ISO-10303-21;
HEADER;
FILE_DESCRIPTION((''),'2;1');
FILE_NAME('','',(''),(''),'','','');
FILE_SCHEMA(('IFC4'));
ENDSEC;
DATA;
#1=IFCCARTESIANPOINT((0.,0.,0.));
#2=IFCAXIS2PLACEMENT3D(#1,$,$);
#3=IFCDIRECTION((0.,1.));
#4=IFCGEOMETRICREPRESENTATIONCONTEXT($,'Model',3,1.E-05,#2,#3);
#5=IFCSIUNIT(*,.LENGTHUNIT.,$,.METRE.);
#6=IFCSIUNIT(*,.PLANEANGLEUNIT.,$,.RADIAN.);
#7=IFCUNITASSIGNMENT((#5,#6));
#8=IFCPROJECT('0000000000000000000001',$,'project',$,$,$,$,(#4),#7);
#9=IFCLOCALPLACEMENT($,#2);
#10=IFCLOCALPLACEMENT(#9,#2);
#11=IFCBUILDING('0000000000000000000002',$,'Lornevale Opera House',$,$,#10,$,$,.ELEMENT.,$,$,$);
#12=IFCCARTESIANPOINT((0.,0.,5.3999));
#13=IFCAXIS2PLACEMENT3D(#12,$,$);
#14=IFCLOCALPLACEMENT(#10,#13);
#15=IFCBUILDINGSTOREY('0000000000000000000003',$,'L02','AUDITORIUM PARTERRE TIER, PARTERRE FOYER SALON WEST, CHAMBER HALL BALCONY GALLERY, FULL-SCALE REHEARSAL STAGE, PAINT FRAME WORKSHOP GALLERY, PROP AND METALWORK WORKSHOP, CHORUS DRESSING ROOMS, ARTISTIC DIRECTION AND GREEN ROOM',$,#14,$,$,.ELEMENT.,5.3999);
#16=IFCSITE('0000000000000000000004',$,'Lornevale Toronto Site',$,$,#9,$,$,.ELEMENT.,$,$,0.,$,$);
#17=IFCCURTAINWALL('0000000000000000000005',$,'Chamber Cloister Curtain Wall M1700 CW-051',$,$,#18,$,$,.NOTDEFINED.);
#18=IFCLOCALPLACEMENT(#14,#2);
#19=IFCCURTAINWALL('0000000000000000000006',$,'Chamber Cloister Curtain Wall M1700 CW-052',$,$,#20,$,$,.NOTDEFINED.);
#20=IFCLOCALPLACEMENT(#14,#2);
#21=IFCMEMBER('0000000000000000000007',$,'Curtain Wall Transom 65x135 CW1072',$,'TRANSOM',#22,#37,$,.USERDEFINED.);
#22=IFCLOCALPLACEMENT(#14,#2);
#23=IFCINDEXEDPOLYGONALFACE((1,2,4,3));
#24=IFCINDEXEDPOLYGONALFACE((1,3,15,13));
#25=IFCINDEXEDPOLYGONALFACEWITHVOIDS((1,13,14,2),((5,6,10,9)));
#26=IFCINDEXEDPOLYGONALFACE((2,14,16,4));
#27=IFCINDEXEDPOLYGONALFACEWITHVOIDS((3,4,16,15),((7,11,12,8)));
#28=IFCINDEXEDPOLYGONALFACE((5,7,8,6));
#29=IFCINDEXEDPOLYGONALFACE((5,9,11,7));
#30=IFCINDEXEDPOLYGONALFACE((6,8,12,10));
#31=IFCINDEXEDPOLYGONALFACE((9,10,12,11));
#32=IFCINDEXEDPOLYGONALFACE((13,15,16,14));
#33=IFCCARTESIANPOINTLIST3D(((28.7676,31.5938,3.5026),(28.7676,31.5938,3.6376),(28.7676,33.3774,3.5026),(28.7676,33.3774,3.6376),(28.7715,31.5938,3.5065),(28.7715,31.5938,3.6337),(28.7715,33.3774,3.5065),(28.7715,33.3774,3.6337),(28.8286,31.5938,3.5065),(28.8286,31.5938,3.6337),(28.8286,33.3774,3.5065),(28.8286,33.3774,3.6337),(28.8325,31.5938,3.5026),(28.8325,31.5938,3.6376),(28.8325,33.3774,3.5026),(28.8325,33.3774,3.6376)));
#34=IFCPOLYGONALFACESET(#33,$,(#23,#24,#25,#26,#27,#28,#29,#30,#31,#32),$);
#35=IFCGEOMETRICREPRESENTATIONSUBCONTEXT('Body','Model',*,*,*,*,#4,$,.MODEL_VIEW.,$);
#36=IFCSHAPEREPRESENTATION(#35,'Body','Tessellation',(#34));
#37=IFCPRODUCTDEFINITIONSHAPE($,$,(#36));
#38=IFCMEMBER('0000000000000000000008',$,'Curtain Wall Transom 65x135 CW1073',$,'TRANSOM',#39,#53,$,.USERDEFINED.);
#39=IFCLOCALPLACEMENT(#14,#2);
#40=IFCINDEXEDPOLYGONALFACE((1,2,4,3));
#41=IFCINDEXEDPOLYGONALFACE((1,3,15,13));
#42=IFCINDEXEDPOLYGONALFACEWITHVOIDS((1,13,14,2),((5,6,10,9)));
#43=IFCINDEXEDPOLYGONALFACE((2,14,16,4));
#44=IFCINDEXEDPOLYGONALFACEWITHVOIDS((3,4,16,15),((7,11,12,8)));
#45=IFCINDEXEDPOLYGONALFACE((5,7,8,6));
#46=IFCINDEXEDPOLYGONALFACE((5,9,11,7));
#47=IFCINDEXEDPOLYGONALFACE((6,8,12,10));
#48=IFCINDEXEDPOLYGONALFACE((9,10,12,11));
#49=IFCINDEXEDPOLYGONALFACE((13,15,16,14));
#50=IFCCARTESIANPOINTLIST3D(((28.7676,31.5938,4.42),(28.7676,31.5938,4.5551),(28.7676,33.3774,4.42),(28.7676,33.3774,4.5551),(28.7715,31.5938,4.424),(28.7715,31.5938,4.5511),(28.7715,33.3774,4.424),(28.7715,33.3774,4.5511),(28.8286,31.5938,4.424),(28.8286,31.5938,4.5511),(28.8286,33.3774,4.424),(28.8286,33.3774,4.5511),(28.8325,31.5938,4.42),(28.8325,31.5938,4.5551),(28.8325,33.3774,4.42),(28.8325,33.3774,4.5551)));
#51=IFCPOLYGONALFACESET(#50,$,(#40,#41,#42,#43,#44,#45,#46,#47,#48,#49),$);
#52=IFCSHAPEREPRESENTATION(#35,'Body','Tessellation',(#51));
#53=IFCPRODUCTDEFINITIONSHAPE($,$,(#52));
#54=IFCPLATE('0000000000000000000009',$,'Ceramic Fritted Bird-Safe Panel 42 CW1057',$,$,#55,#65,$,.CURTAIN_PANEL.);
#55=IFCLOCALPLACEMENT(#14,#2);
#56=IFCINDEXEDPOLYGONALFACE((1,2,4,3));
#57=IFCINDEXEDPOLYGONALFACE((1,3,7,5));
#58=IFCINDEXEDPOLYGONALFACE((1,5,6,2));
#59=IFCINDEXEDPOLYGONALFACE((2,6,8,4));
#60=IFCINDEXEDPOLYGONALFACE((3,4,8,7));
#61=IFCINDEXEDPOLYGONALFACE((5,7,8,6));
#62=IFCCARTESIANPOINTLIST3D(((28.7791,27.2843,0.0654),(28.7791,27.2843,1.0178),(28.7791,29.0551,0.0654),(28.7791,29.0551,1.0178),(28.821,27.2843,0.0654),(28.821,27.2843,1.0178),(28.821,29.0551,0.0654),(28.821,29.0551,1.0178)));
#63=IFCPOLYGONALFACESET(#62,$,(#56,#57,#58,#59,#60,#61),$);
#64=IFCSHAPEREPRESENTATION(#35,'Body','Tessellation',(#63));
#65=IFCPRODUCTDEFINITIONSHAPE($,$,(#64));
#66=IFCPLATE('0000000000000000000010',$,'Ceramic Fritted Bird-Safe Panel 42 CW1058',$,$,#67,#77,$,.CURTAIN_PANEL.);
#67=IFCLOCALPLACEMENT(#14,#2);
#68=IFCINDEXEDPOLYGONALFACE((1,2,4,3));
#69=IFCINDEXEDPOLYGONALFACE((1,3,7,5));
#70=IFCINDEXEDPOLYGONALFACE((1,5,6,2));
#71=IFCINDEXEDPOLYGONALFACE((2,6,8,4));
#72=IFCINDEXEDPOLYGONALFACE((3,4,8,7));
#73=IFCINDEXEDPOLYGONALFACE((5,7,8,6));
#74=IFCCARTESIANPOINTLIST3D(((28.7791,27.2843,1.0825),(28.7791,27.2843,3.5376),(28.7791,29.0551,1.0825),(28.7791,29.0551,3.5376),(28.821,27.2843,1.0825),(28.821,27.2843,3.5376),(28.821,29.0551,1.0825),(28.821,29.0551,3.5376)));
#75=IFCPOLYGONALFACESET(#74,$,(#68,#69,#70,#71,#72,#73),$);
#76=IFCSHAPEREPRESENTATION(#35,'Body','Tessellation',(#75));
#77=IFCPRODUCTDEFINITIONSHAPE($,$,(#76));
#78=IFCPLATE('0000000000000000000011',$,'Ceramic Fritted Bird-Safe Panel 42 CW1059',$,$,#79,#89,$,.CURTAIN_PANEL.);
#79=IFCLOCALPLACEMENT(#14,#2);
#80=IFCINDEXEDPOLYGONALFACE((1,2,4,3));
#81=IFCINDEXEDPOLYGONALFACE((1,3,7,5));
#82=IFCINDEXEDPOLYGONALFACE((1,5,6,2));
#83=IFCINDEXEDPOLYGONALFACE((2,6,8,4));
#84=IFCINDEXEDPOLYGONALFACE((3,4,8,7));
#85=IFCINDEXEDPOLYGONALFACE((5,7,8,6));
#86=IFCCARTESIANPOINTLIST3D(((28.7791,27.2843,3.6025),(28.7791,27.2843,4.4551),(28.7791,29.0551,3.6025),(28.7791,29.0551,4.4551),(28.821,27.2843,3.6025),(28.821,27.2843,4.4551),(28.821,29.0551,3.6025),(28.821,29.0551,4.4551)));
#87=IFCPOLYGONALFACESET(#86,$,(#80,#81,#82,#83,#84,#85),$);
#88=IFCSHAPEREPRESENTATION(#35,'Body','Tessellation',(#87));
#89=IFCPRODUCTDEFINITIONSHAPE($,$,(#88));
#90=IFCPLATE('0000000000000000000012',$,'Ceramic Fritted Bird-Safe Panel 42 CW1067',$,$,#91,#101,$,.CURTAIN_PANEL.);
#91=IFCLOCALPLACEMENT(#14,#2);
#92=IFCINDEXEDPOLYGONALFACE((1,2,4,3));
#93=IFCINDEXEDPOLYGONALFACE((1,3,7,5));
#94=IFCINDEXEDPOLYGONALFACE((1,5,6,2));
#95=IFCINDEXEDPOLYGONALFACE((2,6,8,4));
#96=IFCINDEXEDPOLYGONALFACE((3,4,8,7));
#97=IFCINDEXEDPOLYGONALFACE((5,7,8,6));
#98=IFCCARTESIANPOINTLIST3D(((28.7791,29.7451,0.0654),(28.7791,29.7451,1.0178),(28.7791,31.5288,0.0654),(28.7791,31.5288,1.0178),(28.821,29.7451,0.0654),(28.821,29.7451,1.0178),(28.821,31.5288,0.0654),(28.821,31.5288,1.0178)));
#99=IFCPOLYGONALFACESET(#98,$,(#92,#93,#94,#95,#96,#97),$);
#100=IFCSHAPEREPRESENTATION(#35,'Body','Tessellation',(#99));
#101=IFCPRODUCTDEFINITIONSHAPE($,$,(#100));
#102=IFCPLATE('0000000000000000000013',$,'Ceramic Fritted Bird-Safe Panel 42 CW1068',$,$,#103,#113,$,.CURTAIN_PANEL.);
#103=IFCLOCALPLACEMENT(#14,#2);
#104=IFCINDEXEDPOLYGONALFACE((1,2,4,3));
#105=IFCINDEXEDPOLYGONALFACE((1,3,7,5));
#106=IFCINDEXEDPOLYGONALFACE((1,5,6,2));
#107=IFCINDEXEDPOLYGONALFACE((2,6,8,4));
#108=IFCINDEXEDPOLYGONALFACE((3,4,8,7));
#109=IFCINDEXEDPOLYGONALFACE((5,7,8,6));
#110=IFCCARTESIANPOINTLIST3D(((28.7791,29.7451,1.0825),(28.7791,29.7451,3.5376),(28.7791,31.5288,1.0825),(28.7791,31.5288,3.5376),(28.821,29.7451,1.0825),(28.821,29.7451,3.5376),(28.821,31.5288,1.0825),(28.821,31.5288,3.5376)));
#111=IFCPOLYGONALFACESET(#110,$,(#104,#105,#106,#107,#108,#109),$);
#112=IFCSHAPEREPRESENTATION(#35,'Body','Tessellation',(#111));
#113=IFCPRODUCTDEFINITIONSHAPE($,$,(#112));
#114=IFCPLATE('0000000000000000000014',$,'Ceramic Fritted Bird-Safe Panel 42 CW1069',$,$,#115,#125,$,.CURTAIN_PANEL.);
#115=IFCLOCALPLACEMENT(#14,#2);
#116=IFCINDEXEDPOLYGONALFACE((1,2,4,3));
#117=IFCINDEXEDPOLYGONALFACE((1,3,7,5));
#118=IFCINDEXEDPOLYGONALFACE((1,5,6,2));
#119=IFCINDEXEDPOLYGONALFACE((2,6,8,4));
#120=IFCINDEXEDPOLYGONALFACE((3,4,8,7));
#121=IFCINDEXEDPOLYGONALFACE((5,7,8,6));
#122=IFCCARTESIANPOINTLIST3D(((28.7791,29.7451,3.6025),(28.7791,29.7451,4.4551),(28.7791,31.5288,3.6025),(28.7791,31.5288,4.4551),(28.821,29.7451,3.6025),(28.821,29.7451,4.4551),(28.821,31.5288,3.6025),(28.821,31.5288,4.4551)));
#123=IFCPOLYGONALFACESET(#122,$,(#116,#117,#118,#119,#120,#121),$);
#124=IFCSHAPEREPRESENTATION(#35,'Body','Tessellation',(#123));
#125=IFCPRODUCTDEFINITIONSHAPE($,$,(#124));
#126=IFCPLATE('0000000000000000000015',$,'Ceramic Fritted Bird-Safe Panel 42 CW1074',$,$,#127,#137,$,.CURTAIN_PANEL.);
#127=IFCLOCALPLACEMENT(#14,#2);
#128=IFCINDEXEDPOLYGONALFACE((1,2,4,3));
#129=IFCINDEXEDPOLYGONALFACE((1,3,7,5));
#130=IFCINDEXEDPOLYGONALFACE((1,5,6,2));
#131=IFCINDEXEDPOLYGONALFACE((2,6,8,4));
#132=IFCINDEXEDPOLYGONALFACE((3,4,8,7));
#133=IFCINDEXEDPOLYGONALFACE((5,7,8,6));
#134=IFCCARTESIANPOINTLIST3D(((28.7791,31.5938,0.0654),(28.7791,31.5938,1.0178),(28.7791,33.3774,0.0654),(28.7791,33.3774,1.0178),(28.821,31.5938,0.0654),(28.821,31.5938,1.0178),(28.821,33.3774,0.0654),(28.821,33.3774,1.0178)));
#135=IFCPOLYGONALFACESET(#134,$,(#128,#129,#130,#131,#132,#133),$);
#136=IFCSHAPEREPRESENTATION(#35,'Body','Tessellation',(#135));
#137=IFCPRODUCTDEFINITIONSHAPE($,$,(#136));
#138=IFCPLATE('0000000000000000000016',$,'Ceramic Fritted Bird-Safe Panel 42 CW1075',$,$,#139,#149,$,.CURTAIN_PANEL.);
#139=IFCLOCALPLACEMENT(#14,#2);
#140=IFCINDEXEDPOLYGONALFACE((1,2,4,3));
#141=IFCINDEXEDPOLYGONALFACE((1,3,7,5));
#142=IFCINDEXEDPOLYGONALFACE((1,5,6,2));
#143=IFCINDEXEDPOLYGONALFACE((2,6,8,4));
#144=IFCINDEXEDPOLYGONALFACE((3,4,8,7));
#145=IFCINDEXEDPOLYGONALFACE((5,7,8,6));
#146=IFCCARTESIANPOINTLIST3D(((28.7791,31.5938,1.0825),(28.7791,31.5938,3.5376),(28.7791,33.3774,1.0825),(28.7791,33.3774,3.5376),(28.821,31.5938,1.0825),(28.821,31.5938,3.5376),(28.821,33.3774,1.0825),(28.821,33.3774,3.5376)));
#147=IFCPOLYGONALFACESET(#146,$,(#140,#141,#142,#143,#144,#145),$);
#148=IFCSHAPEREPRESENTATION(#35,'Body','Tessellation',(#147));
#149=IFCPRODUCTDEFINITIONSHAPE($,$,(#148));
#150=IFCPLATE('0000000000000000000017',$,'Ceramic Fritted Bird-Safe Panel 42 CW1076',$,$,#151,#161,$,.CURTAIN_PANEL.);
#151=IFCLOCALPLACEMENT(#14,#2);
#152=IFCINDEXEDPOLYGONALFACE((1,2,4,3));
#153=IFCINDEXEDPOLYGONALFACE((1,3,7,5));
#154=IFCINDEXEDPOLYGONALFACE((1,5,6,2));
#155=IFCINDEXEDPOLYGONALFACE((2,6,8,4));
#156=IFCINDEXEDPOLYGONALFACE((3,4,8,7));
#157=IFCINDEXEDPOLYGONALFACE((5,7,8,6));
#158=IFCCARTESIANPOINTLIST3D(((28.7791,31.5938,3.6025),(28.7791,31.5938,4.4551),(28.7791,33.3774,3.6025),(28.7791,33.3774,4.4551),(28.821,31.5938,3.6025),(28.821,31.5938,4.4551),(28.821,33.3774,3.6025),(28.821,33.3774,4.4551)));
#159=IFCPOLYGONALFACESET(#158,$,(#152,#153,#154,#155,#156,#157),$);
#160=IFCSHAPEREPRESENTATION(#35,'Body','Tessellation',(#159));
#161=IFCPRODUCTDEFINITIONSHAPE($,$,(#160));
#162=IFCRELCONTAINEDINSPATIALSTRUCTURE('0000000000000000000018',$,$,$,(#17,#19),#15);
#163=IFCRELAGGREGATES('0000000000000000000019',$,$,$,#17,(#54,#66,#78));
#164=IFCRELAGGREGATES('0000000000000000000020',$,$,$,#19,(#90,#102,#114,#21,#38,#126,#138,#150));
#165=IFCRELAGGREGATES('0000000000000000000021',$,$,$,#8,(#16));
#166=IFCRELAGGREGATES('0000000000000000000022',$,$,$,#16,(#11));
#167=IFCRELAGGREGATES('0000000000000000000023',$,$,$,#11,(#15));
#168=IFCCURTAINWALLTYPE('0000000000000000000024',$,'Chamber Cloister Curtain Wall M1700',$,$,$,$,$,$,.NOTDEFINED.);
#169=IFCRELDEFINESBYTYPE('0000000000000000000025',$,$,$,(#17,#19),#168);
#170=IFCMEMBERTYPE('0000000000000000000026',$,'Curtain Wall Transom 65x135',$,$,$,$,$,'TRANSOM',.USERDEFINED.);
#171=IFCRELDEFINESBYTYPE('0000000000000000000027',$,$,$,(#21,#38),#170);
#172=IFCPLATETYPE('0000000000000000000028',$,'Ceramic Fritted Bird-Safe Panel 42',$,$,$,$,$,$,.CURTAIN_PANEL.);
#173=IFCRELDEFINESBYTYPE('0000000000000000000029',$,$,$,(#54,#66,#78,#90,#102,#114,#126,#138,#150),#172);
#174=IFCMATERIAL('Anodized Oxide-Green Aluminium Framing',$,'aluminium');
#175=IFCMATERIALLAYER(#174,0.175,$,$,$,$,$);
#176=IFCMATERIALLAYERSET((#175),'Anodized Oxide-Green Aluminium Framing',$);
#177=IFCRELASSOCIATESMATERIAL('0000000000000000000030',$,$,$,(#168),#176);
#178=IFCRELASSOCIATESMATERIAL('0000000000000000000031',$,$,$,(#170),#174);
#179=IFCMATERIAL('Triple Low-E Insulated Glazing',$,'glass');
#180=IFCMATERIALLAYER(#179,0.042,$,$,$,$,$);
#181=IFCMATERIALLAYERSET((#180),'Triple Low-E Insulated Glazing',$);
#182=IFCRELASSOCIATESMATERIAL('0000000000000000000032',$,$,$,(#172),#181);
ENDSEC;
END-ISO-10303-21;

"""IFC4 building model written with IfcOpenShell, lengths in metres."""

from ifc_helpers import new_model, si_unit, direction, frame, origin, origin_2d, place, context, subcontext, project, spatial, rectangle, hollow_rectangle, extrude, material, layer, layer_set, material_profile, profile_set, type_object, element, aggregate, save


model = new_model("IFC4")

# Units and contexts
model_context = context("Model", 3, precision=1e-05, world=origin(), true_north=direction((0.0, 1.0)))
body_context = subcontext(model_context, "Body", "Model", "MODEL_VIEW")
ifc_project = project(units=[si_unit("LENGTHUNIT", "METRE"), si_unit("PLANEANGLEUNIT", "RADIAN")], contexts=[model_context])

# Site, building, storey
site_placement = place(None, origin())
site = spatial("IfcSite", under=ifc_project, at=site_placement, Name="Lornevale Toronto Site", CompositionType="ELEMENT", RefElevation=0.0)
building_placement = place(site_placement, origin())
building = spatial("IfcBuilding", under=site, at=building_placement, Name="Lornevale Opera House", CompositionType="ELEMENT")
storey_placement = place(building_placement, frame((0.0, 0.0, 5.3999)))
storey = spatial("IfcBuildingStorey", under=building, at=storey_placement, Name="L02", Description="AUDITORIUM PARTERRE TIER, PARTERRE FOYER SALON WEST, CHAMBER HALL BALCONY GALLERY, FULL-SCALE REHEARSAL STAGE, PAINT FRAME WORKSHOP GALLERY, PROP AND METALWORK WORKSHOP, CHORUS DRESSING ROOMS, ARTISTIC DIRECTION AND GREEN ROOM", CompositionType="ELEMENT", Elevation=5.3999)

# Curtain wall
ifc_material_1 = material(Name="Anodized Oxide-Green Aluminium Framing", Category="aluminium")
ifc_layer_1 = layer(ifc_material_1, 0.175)
ifc_layer_set_1 = layer_set([ifc_layer_1], Name="Anodized Oxide-Green Aluminium Framing")
curtain_wall_type = type_object("IfcCurtainWallType", Name="Chamber Cloister Curtain Wall M1700", PredefinedType="NOTDEFINED", material=ifc_layer_set_1)
curtain_wall_1_placement = place(storey_placement, origin())
curtain_wall_1 = element("IfcCurtainWall", 1, at=curtain_wall_1_placement, inside=storey, type_object=curtain_wall_type, Name="Chamber Cloister Curtain Wall M1700 CW-051", PredefinedType="NOTDEFINED")

# Curtain wall
curtain_wall_2_placement = place(storey_placement, origin())
curtain_wall_2 = element("IfcCurtainWall", 2, at=curtain_wall_2_placement, inside=storey, type_object=curtain_wall_type, Name="Chamber Cloister Curtain Wall M1700 CW-052", PredefinedType="NOTDEFINED")

# Members
ifc_material_profile_1 = material_profile(ifc_material_1, hollow_rectangle(XDim=0.0649, YDim=0.135, WallThickness=0.0039, at=origin_2d()), Name="ALU65x135x4")
ifc_profile_set_1 = profile_set([ifc_material_profile_1], Name="Anodized Oxide-Green Aluminium Framing")
member_type_1 = type_object("IfcMemberType", Name="Curtain Wall Transom 65x135", ElementType="TRANSOM", PredefinedType="USERDEFINED", material=ifc_profile_set_1)
member_1_placement = place(storey_placement, frame((28.8, 31.5938, 3.5701), z_axis=(0.0, 1.0, 0.0), x_axis=(-1.0, 0.0, 0.0)))
member_1 = element("IfcMember", 3, at=member_1_placement, type_object=member_type_1, Name="Curtain Wall Transom 65x135 CW1072", ObjectType="TRANSOM", PredefinedType="USERDEFINED", context=body_context, shape_type="SweptSolid", body=[
    extrude(hollow_rectangle(XDim=0.0649, YDim=0.135, WallThickness=0.0039, at=origin_2d()), origin(), (0.0, 0.0, 1.0), 1.7837),
])
member_2_placement = place(storey_placement, frame((28.8, 31.5938, 4.4875), z_axis=(0.0, 1.0, 0.0), x_axis=(-1.0, 0.0, 0.0)))
member_2 = element("IfcMember", 4, at=member_2_placement, type_object=member_type_1, Name="Curtain Wall Transom 65x135 CW1073", ObjectType="TRANSOM", PredefinedType="USERDEFINED", context=body_context, shape_type="SweptSolid", body=[
    extrude(hollow_rectangle(XDim=0.0649, YDim=0.135, WallThickness=0.0039, at=origin_2d()), origin(), (0.0, 0.0, 1.0), 1.7837),
])

# Plates
ifc_material_2 = material(Name="Triple Low-E Insulated Glazing", Category="glass")
ifc_layer_2 = layer(ifc_material_2, 0.042)
ifc_layer_set_2 = layer_set([ifc_layer_2], Name="Triple Low-E Insulated Glazing")
plate_type = type_object("IfcPlateType", Name="Ceramic Fritted Bird-Safe Panel 42", PredefinedType="CURTAIN_PANEL", material=ifc_layer_set_2)
plate_1_placement = place(storey_placement, frame((28.8, 28.1697, 0.0654), z_axis=(0.0, 0.0, 1.0), x_axis=(0.0, 1.0, 0.0)))
plate_1 = element("IfcPlate", 5, at=plate_1_placement, type_object=plate_type, Name="Ceramic Fritted Bird-Safe Panel 42 CW1057", PredefinedType="CURTAIN_PANEL", context=body_context, shape_type="SweptSolid", body=[
    extrude(rectangle(XDim=1.7708, YDim=0.042, at=origin_2d()), origin(), (0.0, 0.0, 1.0), 0.9524),
])
plate_2_placement = place(storey_placement, frame((28.8, 28.1697, 1.0825), z_axis=(0.0, 0.0, 1.0), x_axis=(0.0, 1.0, 0.0)))
plate_2 = element("IfcPlate", 6, at=plate_2_placement, type_object=plate_type, Name="Ceramic Fritted Bird-Safe Panel 42 CW1058", PredefinedType="CURTAIN_PANEL", context=body_context, shape_type="SweptSolid", body=[
    extrude(rectangle(XDim=1.7708, YDim=0.042, at=origin_2d()), origin(), (0.0, 0.0, 1.0), 2.4551),
])
plate_3_placement = place(storey_placement, frame((28.8, 28.1697, 3.6025), z_axis=(0.0, 0.0, 1.0), x_axis=(0.0, 1.0, 0.0)))
plate_3 = element("IfcPlate", 7, at=plate_3_placement, type_object=plate_type, Name="Ceramic Fritted Bird-Safe Panel 42 CW1059", PredefinedType="CURTAIN_PANEL", context=body_context, shape_type="SweptSolid", body=[
    extrude(rectangle(XDim=1.7708, YDim=0.042, at=origin_2d()), origin(), (0.0, 0.0, 1.0), 0.8525),
])
aggregate(curtain_wall_1, [plate_1, plate_2, plate_3])
plate_4_placement = place(storey_placement, frame((28.8, 30.637, 0.0654), z_axis=(0.0, 0.0, 1.0), x_axis=(0.0, 1.0, 0.0)))
plate_4 = element("IfcPlate", 8, at=plate_4_placement, type_object=plate_type, Name="Ceramic Fritted Bird-Safe Panel 42 CW1067", PredefinedType="CURTAIN_PANEL", context=body_context, shape_type="SweptSolid", body=[
    extrude(rectangle(XDim=1.7837, YDim=0.042, at=origin_2d()), origin(), (0.0, 0.0, 1.0), 0.9524),
])
plate_5_placement = place(storey_placement, frame((28.8, 30.637, 1.0825), z_axis=(0.0, 0.0, 1.0), x_axis=(0.0, 1.0, 0.0)))
plate_5 = element("IfcPlate", 9, at=plate_5_placement, type_object=plate_type, Name="Ceramic Fritted Bird-Safe Panel 42 CW1068", PredefinedType="CURTAIN_PANEL", context=body_context, shape_type="SweptSolid", body=[
    extrude(rectangle(XDim=1.7837, YDim=0.042, at=origin_2d()), origin(), (0.0, 0.0, 1.0), 2.4551),
])
plate_6_placement = place(storey_placement, frame((28.8, 30.637, 3.6025), z_axis=(0.0, 0.0, 1.0), x_axis=(0.0, 1.0, 0.0)))
plate_6 = element("IfcPlate", 10, at=plate_6_placement, type_object=plate_type, Name="Ceramic Fritted Bird-Safe Panel 42 CW1069", PredefinedType="CURTAIN_PANEL", context=body_context, shape_type="SweptSolid", body=[
    extrude(rectangle(XDim=1.7837, YDim=0.042, at=origin_2d()), origin(), (0.0, 0.0, 1.0), 0.8525),
])
plate_7_placement = place(storey_placement, frame((28.8, 32.4856, 0.0654), z_axis=(0.0, 0.0, 1.0), x_axis=(0.0, 1.0, 0.0)))
plate_7 = element("IfcPlate", 11, at=plate_7_placement, type_object=plate_type, Name="Ceramic Fritted Bird-Safe Panel 42 CW1074", PredefinedType="CURTAIN_PANEL", context=body_context, shape_type="SweptSolid", body=[
    extrude(rectangle(XDim=1.7837, YDim=0.042, at=origin_2d()), origin(), (0.0, 0.0, 1.0), 0.9524),
])
plate_8_placement = place(storey_placement, frame((28.8, 32.4856, 1.0825), z_axis=(0.0, 0.0, 1.0), x_axis=(0.0, 1.0, 0.0)))
plate_8 = element("IfcPlate", 12, at=plate_8_placement, type_object=plate_type, Name="Ceramic Fritted Bird-Safe Panel 42 CW1075", PredefinedType="CURTAIN_PANEL", context=body_context, shape_type="SweptSolid", body=[
    extrude(rectangle(XDim=1.7837, YDim=0.042, at=origin_2d()), origin(), (0.0, 0.0, 1.0), 2.4551),
])
plate_9_placement = place(storey_placement, frame((28.8, 32.4856, 3.6025), z_axis=(0.0, 0.0, 1.0), x_axis=(0.0, 1.0, 0.0)))
plate_9 = element("IfcPlate", 13, at=plate_9_placement, type_object=plate_type, Name="Ceramic Fritted Bird-Safe Panel 42 CW1076", PredefinedType="CURTAIN_PANEL", context=body_context, shape_type="SweptSolid", body=[
    extrude(rectangle(XDim=1.7837, YDim=0.042, at=origin_2d()), origin(), (0.0, 0.0, 1.0), 0.8525),
])
aggregate(curtain_wall_2, [plate_4, plate_5, plate_6, member_1, member_2, plate_7, plate_8, plate_9])

save(model, "model.ifc")
